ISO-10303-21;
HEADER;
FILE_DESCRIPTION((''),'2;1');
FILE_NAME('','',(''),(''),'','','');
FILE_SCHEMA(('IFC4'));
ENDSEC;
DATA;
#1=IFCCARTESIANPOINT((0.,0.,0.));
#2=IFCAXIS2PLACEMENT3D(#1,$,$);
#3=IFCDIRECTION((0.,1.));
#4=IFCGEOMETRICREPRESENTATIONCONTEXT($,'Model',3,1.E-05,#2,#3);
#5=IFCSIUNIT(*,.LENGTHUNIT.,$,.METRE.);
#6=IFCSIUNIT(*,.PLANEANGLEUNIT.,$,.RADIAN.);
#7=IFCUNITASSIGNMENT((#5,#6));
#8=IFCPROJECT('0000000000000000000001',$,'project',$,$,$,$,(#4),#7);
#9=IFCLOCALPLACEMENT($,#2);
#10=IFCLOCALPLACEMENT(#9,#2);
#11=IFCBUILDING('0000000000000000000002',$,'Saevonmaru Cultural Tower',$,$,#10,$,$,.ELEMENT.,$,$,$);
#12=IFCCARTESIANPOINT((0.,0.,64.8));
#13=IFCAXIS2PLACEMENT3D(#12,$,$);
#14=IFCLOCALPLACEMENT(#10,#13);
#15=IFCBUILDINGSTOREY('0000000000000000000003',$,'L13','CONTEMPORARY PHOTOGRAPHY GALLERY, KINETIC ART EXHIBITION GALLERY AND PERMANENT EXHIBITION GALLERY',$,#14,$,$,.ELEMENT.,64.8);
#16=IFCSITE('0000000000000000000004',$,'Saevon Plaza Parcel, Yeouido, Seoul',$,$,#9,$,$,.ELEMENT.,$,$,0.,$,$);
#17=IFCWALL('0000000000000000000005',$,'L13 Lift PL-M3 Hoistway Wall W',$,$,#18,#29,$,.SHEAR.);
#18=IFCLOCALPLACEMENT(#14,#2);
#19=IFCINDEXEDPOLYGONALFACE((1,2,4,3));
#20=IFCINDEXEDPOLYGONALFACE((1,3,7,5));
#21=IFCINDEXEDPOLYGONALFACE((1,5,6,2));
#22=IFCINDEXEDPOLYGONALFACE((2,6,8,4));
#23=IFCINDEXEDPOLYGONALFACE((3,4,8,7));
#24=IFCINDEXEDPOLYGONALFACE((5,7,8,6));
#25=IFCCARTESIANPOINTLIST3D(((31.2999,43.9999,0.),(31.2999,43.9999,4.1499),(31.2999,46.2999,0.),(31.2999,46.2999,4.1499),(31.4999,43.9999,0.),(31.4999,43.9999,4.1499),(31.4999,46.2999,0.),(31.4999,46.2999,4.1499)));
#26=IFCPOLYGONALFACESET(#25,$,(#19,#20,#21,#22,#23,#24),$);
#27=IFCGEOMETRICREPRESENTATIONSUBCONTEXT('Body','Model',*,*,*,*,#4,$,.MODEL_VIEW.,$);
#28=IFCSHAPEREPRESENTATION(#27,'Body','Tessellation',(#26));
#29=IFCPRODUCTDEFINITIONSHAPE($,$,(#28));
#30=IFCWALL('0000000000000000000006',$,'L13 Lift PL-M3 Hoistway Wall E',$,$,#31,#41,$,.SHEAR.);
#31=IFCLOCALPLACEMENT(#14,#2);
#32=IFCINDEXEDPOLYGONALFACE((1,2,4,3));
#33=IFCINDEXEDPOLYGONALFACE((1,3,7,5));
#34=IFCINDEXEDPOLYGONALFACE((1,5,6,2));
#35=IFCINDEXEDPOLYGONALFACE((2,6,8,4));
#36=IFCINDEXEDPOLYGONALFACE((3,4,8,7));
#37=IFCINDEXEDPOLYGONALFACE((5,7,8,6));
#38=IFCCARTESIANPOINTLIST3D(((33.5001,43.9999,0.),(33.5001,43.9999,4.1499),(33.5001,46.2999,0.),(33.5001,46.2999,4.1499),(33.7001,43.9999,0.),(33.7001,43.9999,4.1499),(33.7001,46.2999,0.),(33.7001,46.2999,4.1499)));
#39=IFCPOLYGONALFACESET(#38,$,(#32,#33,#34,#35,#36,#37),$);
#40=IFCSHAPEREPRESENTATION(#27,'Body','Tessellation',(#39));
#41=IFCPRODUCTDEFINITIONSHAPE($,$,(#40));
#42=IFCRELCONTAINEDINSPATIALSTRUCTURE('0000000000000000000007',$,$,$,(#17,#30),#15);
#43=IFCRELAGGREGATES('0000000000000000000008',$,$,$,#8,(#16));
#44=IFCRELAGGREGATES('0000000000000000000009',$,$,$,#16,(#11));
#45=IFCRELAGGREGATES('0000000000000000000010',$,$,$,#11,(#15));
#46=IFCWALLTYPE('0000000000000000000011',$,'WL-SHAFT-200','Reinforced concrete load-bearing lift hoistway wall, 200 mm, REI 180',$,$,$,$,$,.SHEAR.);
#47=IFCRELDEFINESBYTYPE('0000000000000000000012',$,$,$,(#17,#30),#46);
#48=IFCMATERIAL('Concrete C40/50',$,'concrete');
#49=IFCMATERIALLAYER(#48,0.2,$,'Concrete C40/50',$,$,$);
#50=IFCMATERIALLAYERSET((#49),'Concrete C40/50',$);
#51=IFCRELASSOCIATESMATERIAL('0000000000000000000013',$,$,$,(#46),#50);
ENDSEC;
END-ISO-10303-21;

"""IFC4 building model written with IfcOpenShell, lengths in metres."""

from ifc_helpers import new_model, si_unit, direction, frame, frame_2d, origin, place, context, subcontext, project, spatial, rectangle, extrude, material, layer, layer_set, type_object, element, save


model = new_model("IFC4")

# Units and contexts
model_context = context("Model", 3, precision=1e-05, world=origin(), true_north=direction((0.0, 1.0)))
body_context = subcontext(model_context, "Body", "Model", "MODEL_VIEW")
ifc_project = project(units=[si_unit("LENGTHUNIT", "METRE"), si_unit("PLANEANGLEUNIT", "RADIAN")], contexts=[model_context])

# Site, building, storey
site_placement = place(None, origin())
site = spatial("IfcSite", under=ifc_project, at=site_placement, Name="Saevon Plaza Parcel, Yeouido, Seoul", CompositionType="ELEMENT", RefElevation=0.0)
building_placement = place(site_placement, origin())
building = spatial("IfcBuilding", under=site, at=building_placement, Name="Saevonmaru Cultural Tower", CompositionType="ELEMENT")
storey_placement = place(building_placement, frame((0.0, 0.0, 64.8)))
storey = spatial("IfcBuildingStorey", under=building, at=storey_placement, Name="L13", Description="CONTEMPORARY PHOTOGRAPHY GALLERY, KINETIC ART EXHIBITION GALLERY AND PERMANENT EXHIBITION GALLERY", CompositionType="ELEMENT", Elevation=64.8)

# Walls
ifc_material_1 = material(Name="Concrete C40/50", Category="concrete")
ifc_layer_1 = layer(ifc_material_1, 0.2, Name="Concrete C40/50")
ifc_layer_set_1 = layer_set([ifc_layer_1], Name="Concrete C40/50")
wall_type_1 = type_object("IfcWallType", Name="WL-SHAFT-200", Description="Reinforced concrete load-bearing lift hoistway wall, 200 mm, REI 180", PredefinedType="SHEAR", material=ifc_layer_set_1)
for number, where, z_axis, x_axis, name in (
    (1, (31.3999, 44.0, 0.0), (0.0, 0.0, 1.0), (0.0, 1.0, 0.0), "L13 Lift PL-M3 Hoistway Wall W"),
    (2, (33.6001, 44.0, 0.0), (0.0, 0.0, 1.0), (0.0, 1.0, 0.0), "L13 Lift PL-M3 Hoistway Wall E"),
):
    element("IfcWall", number, at=place(storey_placement, frame(where, z_axis=z_axis, x_axis=x_axis)), inside=storey, type_object=wall_type_1, Name=name, PredefinedType="SHEAR", context=body_context, shape_type="SweptSolid", body=[
        extrude(rectangle(XDim=2.3, YDim=0.2, at=frame_2d((1.1499, 0.0))), origin(), (0.0, 0.0, 1.0), 4.1499),
    ])

save(model, "model.ifc")
